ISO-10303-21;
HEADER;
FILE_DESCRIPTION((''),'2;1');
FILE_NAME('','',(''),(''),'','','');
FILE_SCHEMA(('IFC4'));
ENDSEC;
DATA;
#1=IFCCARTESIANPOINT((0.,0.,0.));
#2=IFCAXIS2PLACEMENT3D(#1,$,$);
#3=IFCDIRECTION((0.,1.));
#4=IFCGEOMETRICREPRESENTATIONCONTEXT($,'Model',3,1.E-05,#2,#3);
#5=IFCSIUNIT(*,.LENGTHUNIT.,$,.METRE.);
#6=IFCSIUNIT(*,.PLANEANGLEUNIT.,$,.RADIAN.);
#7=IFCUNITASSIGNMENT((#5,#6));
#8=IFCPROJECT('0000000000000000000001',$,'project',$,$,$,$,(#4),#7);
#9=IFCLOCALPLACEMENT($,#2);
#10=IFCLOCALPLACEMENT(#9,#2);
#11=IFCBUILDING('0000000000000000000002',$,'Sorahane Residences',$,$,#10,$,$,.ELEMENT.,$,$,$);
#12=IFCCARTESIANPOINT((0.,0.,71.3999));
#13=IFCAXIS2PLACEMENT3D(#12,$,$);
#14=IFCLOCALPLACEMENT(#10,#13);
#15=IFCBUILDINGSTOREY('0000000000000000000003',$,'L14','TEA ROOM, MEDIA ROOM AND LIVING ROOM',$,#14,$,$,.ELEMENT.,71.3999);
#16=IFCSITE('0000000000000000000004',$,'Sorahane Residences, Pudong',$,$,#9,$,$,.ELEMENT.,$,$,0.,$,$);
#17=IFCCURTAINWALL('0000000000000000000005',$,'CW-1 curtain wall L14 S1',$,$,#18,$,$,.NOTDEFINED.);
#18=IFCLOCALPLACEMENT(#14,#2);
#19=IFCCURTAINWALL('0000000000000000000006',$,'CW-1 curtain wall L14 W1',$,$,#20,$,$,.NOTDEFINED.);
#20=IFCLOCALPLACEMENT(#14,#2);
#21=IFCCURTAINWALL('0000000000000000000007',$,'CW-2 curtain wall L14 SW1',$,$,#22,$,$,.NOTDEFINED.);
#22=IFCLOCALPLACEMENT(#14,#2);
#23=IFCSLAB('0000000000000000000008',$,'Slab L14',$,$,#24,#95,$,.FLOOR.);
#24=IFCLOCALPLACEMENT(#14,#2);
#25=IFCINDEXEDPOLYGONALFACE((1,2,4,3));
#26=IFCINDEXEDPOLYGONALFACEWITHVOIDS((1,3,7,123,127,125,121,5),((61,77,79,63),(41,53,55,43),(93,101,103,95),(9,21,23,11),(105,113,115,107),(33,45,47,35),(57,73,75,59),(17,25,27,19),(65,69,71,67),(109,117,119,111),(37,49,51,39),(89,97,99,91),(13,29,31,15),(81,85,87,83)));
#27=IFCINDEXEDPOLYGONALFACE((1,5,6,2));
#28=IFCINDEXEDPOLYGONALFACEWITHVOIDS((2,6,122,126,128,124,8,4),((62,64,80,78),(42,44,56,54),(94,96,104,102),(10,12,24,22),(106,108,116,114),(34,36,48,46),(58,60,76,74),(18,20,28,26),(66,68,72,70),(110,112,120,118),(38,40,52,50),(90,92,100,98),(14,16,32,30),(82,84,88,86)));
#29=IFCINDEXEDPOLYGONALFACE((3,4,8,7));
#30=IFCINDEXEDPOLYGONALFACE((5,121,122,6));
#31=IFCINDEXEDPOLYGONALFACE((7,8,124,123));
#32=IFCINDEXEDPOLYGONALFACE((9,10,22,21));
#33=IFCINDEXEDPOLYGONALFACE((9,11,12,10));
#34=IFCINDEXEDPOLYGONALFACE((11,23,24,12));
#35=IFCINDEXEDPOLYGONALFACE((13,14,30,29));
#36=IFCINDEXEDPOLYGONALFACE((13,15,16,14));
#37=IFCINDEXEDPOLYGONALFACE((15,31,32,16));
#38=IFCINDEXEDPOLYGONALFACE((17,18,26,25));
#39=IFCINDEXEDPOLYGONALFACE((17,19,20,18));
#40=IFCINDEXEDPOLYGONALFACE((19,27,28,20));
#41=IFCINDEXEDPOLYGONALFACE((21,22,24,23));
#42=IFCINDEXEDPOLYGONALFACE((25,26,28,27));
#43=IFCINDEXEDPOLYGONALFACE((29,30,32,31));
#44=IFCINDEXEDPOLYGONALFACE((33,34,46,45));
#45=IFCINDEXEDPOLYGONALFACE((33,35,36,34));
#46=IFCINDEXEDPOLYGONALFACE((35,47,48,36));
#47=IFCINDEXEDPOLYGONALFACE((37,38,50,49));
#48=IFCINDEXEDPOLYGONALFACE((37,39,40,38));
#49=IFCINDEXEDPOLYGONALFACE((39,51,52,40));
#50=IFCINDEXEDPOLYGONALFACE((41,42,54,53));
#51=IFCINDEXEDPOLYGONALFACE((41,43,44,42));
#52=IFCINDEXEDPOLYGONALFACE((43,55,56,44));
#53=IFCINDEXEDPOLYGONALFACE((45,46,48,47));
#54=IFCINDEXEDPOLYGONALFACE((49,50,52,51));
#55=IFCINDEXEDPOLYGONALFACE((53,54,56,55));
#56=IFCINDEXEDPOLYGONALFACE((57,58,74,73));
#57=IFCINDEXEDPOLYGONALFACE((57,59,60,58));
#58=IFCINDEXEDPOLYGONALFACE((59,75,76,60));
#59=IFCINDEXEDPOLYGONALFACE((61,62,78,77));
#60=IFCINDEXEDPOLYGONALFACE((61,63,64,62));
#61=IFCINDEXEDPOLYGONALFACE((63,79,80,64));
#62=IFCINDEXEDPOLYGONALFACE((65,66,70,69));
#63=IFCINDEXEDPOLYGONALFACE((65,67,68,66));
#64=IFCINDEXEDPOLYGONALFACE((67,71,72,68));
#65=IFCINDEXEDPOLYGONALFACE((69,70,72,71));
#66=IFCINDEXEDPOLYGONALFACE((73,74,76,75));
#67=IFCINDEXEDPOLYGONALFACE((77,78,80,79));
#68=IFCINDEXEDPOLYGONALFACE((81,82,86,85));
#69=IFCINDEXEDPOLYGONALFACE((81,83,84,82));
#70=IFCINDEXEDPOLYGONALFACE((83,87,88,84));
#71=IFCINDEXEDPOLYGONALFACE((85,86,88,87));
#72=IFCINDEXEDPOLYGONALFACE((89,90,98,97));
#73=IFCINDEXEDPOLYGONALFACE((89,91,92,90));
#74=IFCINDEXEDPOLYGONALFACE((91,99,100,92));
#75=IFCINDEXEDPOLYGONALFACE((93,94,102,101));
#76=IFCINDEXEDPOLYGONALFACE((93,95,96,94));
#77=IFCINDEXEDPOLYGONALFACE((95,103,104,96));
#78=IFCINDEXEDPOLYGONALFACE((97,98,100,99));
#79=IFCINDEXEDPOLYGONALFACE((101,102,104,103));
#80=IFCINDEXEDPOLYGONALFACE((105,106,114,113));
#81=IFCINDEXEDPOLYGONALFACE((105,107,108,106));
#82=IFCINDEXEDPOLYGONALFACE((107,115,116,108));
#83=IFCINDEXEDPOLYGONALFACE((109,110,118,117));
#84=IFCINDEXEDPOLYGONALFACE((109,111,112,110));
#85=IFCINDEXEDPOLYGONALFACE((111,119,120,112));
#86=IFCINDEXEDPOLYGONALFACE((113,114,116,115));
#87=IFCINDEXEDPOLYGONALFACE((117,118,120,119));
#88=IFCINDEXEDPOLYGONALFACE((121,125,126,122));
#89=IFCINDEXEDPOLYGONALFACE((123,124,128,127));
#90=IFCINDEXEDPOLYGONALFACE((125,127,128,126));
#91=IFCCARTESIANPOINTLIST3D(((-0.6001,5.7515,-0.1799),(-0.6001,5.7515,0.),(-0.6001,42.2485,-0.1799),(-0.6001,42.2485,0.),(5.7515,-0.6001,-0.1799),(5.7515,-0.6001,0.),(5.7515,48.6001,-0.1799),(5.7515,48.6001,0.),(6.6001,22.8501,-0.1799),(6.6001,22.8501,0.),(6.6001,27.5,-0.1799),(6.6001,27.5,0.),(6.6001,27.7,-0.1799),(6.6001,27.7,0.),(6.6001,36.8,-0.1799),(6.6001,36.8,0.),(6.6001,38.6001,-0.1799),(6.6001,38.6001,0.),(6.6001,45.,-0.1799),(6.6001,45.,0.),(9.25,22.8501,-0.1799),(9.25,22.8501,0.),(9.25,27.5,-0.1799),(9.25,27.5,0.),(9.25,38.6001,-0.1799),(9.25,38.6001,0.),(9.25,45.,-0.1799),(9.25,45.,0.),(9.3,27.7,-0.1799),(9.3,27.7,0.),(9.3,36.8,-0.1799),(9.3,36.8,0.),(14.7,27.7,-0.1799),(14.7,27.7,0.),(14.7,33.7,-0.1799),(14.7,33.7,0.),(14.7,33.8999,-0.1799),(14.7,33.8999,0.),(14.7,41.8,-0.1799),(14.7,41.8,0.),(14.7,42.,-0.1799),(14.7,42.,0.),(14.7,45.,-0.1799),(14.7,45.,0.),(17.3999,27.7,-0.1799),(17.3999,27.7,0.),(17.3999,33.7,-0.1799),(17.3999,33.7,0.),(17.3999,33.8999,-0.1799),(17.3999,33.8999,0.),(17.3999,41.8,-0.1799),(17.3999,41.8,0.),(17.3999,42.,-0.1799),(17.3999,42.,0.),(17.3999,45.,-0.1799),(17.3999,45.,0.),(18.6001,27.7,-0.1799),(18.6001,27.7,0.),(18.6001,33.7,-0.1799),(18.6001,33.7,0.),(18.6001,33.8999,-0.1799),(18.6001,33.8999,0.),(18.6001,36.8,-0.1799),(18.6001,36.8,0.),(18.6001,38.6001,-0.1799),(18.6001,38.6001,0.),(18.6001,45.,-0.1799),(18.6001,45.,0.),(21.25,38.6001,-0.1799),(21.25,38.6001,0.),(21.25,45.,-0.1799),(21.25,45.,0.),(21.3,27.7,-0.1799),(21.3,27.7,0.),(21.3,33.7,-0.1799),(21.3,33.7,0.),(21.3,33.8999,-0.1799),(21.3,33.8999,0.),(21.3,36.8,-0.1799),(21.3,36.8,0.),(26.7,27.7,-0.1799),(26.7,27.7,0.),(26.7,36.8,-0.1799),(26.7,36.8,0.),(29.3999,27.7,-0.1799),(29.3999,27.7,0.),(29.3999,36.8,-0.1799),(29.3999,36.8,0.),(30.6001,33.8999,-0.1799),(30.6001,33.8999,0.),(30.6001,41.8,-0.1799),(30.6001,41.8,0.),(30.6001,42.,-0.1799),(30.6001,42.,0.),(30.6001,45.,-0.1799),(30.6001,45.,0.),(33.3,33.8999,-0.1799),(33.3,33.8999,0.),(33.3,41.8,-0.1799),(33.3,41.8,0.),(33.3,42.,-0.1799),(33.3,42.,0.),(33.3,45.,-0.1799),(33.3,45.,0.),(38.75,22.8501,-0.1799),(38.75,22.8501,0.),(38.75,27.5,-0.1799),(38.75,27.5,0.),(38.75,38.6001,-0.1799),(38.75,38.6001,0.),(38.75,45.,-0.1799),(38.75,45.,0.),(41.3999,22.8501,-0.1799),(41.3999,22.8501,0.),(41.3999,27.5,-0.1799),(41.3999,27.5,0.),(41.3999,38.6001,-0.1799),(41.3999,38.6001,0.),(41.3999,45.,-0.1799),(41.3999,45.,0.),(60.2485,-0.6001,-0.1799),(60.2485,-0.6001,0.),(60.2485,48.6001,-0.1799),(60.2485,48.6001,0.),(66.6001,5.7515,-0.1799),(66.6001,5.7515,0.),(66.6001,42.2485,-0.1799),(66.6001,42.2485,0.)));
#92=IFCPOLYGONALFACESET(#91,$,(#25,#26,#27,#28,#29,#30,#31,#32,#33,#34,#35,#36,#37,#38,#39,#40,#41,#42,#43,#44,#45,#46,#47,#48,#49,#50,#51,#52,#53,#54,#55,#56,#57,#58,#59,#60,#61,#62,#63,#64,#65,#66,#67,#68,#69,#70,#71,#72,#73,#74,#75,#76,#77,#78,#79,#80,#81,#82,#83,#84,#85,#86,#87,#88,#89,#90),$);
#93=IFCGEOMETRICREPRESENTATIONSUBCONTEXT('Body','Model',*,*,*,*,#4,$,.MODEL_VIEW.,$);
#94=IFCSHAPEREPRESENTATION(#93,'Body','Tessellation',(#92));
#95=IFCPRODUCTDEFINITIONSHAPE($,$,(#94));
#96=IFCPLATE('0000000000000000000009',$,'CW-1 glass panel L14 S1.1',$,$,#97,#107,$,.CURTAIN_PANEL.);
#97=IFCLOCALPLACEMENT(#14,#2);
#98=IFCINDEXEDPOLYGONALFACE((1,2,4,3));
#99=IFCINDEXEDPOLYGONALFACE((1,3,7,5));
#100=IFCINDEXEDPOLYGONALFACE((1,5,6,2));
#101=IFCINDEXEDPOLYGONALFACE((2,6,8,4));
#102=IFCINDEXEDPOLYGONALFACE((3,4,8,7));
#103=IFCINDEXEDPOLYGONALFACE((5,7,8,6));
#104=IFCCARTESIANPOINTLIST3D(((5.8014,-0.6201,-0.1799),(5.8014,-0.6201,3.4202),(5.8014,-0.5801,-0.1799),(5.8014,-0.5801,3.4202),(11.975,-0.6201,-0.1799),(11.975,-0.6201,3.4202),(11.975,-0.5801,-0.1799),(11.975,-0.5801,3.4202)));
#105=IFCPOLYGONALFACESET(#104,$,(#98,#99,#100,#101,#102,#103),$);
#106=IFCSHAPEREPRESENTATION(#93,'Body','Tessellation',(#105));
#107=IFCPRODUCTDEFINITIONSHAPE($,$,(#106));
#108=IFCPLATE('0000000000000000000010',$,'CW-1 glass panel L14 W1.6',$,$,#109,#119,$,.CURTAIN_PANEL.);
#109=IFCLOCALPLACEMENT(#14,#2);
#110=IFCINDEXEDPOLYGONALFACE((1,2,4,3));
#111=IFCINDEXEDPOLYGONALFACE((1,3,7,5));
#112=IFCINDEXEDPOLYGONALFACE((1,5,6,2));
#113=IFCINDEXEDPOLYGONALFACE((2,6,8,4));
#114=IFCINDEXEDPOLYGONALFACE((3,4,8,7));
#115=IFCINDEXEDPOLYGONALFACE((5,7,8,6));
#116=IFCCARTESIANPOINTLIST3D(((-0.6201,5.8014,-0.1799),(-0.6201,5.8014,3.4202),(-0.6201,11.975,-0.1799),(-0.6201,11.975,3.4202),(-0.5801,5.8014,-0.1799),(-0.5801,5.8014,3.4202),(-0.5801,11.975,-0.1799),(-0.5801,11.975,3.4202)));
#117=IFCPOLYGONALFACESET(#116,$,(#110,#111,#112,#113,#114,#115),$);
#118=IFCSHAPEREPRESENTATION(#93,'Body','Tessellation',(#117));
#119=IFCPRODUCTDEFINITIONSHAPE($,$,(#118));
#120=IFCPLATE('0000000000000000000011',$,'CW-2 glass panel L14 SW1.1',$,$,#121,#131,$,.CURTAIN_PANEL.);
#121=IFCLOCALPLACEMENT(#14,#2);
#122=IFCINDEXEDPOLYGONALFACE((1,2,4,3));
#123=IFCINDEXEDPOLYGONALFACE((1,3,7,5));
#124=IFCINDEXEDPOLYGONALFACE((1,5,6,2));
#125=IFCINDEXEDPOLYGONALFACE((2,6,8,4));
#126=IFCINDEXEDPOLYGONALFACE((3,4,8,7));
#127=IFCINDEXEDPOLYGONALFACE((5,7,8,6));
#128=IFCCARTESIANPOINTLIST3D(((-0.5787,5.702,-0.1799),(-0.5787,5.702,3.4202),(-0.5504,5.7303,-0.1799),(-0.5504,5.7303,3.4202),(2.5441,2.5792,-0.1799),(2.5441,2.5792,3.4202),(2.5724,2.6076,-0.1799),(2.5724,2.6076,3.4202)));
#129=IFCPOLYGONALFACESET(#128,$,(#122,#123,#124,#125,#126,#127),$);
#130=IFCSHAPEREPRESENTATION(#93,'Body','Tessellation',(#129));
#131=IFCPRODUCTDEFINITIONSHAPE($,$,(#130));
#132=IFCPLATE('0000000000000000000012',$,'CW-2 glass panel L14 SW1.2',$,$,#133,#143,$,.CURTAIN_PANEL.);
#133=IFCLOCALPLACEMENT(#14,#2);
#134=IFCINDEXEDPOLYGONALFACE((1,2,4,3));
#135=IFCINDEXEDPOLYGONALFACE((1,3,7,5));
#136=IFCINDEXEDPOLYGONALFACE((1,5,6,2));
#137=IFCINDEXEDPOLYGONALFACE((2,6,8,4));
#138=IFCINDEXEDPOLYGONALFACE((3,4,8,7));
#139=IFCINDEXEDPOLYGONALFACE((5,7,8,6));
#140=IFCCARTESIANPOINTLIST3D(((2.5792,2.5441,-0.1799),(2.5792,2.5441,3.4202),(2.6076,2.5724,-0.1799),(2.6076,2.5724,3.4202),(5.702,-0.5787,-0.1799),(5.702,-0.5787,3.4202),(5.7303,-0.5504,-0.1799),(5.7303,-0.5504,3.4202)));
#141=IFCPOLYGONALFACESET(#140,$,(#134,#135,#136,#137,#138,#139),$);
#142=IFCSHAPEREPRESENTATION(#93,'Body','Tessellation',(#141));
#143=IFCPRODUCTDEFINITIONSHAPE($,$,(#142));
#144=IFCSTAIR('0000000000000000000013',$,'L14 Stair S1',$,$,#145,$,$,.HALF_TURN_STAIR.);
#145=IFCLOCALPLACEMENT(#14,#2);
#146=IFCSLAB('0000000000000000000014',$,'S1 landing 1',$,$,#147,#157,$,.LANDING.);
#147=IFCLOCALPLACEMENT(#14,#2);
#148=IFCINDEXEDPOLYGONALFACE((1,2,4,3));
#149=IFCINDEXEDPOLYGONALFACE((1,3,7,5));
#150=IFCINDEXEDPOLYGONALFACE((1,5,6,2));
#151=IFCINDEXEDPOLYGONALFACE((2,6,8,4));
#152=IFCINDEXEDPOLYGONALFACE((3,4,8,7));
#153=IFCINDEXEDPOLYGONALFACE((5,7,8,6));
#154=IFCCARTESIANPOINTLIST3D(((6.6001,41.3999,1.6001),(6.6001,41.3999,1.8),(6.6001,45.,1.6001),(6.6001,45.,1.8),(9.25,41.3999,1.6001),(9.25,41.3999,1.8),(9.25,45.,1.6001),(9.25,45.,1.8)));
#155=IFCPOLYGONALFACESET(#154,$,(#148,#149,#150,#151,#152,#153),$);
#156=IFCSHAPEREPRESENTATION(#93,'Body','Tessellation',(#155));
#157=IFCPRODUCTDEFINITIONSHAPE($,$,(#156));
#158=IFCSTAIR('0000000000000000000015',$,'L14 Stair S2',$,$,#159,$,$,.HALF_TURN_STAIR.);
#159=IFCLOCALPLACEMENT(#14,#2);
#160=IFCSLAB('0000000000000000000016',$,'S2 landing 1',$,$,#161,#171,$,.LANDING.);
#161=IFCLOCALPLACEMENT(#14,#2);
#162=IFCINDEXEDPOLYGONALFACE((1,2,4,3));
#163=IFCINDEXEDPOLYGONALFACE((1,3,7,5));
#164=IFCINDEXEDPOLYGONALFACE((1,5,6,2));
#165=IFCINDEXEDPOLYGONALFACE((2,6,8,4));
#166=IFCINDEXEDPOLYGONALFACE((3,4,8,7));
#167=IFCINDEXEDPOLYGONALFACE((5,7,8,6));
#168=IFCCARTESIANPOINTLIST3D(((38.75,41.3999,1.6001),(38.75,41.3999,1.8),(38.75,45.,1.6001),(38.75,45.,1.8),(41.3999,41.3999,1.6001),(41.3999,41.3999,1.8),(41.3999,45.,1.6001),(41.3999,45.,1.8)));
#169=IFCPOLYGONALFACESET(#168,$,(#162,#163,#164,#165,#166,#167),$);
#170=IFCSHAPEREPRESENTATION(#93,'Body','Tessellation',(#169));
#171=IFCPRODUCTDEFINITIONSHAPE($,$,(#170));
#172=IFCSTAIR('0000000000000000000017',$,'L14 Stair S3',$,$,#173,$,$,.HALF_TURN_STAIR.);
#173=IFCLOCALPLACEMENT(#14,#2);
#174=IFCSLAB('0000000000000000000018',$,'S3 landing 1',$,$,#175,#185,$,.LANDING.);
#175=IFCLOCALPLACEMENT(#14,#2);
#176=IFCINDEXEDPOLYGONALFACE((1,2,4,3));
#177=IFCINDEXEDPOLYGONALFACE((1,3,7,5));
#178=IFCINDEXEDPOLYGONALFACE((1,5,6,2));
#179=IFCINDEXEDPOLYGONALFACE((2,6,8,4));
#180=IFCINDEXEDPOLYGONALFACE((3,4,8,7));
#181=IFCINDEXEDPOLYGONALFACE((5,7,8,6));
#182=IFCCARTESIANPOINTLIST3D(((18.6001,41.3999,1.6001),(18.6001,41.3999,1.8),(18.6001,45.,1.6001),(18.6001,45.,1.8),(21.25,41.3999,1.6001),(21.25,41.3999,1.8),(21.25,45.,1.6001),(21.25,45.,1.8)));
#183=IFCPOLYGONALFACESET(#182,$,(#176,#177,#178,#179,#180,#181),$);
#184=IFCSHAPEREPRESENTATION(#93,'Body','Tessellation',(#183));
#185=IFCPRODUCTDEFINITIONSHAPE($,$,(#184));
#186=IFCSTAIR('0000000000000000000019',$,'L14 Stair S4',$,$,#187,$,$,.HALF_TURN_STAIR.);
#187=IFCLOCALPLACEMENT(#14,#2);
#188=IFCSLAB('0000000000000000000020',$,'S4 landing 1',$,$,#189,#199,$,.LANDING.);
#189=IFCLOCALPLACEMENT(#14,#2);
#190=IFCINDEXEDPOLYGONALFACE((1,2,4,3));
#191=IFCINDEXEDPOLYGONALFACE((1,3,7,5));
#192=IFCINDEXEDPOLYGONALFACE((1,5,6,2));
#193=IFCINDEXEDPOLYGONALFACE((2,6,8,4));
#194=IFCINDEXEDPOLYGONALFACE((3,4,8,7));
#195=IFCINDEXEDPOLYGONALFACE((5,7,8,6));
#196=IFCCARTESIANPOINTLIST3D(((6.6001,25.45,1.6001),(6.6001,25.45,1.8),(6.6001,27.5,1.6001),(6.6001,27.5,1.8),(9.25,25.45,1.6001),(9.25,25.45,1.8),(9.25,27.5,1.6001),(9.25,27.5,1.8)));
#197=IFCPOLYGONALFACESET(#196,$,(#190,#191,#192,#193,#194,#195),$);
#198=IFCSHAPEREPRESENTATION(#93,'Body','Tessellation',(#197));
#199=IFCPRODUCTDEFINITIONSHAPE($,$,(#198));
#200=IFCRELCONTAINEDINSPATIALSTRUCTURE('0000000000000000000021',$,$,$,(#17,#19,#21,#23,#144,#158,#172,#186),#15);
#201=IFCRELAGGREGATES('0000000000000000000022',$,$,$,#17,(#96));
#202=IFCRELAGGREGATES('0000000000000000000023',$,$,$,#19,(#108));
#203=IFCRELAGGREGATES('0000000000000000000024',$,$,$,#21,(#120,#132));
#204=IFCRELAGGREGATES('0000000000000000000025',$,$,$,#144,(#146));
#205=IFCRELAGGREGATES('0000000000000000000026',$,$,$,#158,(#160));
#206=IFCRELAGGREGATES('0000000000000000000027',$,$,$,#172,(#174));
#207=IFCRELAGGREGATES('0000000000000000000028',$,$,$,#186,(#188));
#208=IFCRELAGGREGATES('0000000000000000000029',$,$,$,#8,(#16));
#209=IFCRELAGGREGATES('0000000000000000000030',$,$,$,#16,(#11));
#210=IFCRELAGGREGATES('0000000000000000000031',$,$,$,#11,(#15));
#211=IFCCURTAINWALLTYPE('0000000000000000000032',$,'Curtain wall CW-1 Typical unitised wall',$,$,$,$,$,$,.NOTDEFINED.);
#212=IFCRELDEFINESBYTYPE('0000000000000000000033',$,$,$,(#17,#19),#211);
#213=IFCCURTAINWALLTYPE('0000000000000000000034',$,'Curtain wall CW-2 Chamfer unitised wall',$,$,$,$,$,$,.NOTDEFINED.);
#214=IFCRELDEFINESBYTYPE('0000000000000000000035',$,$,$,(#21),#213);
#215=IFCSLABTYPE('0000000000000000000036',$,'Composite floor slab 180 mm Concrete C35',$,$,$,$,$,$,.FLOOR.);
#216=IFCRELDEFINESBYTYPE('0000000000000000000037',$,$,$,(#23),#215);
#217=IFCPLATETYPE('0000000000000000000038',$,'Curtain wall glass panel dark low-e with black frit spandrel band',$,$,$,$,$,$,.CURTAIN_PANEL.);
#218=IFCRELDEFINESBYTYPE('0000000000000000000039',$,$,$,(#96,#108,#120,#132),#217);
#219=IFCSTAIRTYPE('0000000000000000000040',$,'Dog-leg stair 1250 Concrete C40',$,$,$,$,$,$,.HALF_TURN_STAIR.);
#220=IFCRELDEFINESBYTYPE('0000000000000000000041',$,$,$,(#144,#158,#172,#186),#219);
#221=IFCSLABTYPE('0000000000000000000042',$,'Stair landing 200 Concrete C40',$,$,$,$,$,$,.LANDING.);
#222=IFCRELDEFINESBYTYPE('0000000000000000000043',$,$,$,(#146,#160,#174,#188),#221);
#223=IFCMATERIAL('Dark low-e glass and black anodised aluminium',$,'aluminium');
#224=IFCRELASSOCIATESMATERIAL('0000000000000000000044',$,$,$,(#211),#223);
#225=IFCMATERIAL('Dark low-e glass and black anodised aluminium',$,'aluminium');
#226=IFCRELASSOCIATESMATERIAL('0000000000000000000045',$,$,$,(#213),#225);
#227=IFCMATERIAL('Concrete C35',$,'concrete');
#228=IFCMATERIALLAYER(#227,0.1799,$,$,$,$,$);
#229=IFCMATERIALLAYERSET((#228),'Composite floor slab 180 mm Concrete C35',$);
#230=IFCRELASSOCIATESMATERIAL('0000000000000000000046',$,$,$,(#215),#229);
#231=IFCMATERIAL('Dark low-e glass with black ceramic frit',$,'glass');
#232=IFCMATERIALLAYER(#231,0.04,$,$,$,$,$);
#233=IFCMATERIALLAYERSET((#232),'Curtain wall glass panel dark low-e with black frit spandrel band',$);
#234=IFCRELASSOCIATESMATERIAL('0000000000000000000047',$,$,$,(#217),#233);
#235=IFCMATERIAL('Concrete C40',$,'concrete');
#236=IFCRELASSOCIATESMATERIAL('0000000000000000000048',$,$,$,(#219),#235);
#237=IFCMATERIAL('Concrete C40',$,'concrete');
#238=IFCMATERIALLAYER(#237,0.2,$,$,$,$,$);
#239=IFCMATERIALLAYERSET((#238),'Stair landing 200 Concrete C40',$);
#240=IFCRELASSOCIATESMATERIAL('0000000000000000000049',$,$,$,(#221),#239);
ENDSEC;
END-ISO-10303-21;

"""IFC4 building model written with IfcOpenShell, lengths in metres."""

from ifc_helpers import new_model, si_unit, direction, frame, origin, origin_2d, place, context, subcontext, project, spatial, polyline, rectangle, outline, extrude, material, layer, layer_set, type_object, element, aggregate, save


model = new_model("IFC4")

# Units and contexts
model_context = context("Model", 3, precision=1e-05, world=origin(), true_north=direction((0.0, 1.0)))
body_context = subcontext(model_context, "Body", "Model", "MODEL_VIEW")
ifc_project = project(units=[si_unit("LENGTHUNIT", "METRE"), si_unit("PLANEANGLEUNIT", "RADIAN")], contexts=[model_context])

# Site, building, storey
site_placement = place(None, origin())
site = spatial("IfcSite", under=ifc_project, at=site_placement, Name="Sorahane Residences, Pudong", CompositionType="ELEMENT", RefElevation=0.0)
building_placement = place(site_placement, origin())
building = spatial("IfcBuilding", under=site, at=building_placement, Name="Sorahane Residences", CompositionType="ELEMENT")
storey_placement = place(building_placement, frame((0.0, 0.0, 71.3999)))
storey = spatial("IfcBuildingStorey", under=building, at=storey_placement, Name="L14", Description="TEA ROOM, MEDIA ROOM AND LIVING ROOM", CompositionType="ELEMENT", Elevation=71.3999)

# Curtain walls
ifc_material_1 = material(Name="Dark low-e glass and black anodised aluminium", Category="aluminium")
curtain_wall_type_1 = type_object("IfcCurtainWallType", Name="Curtain wall CW-1 Typical unitised wall", PredefinedType="NOTDEFINED", material=ifc_material_1)
curtain_wall_1_placement = place(storey_placement, origin())
curtain_wall_1 = element("IfcCurtainWall", 1, at=curtain_wall_1_placement, inside=storey, type_object=curtain_wall_type_1, Name="CW-1 curtain wall L14 S1", PredefinedType="NOTDEFINED")
curtain_wall_2_placement = place(storey_placement, origin())
curtain_wall_2 = element("IfcCurtainWall", 2, at=curtain_wall_2_placement, inside=storey, type_object=curtain_wall_type_1, Name="CW-1 curtain wall L14 W1", PredefinedType="NOTDEFINED")

# Curtain wall
ifc_material_2 = material(Name="Dark low-e glass and black anodised aluminium", Category="aluminium")
curtain_wall_type_2 = type_object("IfcCurtainWallType", Name="Curtain wall CW-2 Chamfer unitised wall", PredefinedType="NOTDEFINED", material=ifc_material_2)
curtain_wall_3_placement = place(storey_placement, origin())
curtain_wall_3 = element("IfcCurtainWall", 3, at=curtain_wall_3_placement, inside=storey, type_object=curtain_wall_type_2, Name="CW-2 curtain wall L14 SW1", PredefinedType="NOTDEFINED")

# Slab
ifc_material_3 = material(Name="Concrete C35", Category="concrete")
ifc_layer_1 = layer(ifc_material_3, 0.1799)
ifc_layer_set_1 = layer_set([ifc_layer_1], Name="Composite floor slab 180 mm Concrete C35")
slab_type_1 = type_object("IfcSlabType", Name="Composite floor slab 180 mm Concrete C35", PredefinedType="FLOOR", material=ifc_layer_set_1)
slab_1_placement = place(storey_placement, frame((0.0, 0.0, -0.1799)))
element("IfcSlab", 4, at=slab_1_placement, inside=storey, type_object=slab_type_1, Name="Slab L14", PredefinedType="FLOOR", context=body_context, shape_type="SweptSolid", body=[
    extrude(outline(polyline([(5.7515, -0.6001), (-0.6001, 5.7515), (-0.6001, 42.2485), (5.7515, 48.6001), (60.2485, 48.6001), (66.6001, 42.2485), (66.6001, 5.7515), (60.2485, -0.6001), (5.7515, -0.6001)]), holes=[polyline([(18.6001, 27.7), (21.3, 27.7), (21.3, 33.7), (18.6001, 33.7), (18.6001, 27.7)]), polyline([(30.6001, 42.0), (33.3, 42.0), (33.3, 45.0), (30.6001, 45.0), (30.6001, 42.0)]), polyline([(14.7, 27.7), (17.3999, 27.7), (17.3999, 33.7), (14.7, 33.7), (14.7, 27.7)]), polyline([(14.7, 42.0), (17.3999, 42.0), (17.3999, 45.0), (14.7, 45.0), (14.7, 42.0)]), polyline([(6.6001, 27.7), (9.3, 27.7), (9.3, 36.8), (6.6001, 36.8), (6.6001, 27.7)]), polyline([(9.25, 38.6001), (9.25, 45.0), (6.6001, 45.0), (6.6001, 38.6001), (9.25, 38.6001)]), polyline([(41.3999, 38.6001), (41.3999, 45.0), (38.75, 45.0), (38.75, 38.6001), (41.3999, 38.6001)]), polyline([(21.25, 38.6001), (21.25, 45.0), (18.6001, 45.0), (18.6001, 38.6001), (21.25, 38.6001)]), polyline([(9.25, 22.8501), (9.25, 27.5), (6.6001, 27.5), (6.6001, 22.8501), (9.25, 22.8501)]), polyline([(41.3999, 22.8501), (41.3999, 27.5), (38.75, 27.5), (38.75, 22.8501), (41.3999, 22.8501)]), polyline([(14.7, 33.8999), (17.3999, 33.8999), (17.3999, 41.8), (14.7, 41.8), (14.7, 33.8999)]), polyline([(30.6001, 33.8999), (33.3, 33.8999), (33.3, 41.8), (30.6001, 41.8), (30.6001, 33.8999)]), polyline([(18.6001, 33.8999), (21.3, 33.8999), (21.3, 36.8), (18.6001, 36.8), (18.6001, 33.8999)]), polyline([(26.7, 27.7), (29.3999, 27.7), (29.3999, 36.8), (26.7, 36.8), (26.7, 27.7)])]), origin(), (0.0, 0.0, 1.0), 0.1799),
])

# Plates
ifc_material_4 = material(Name="Dark low-e glass with black ceramic frit", Category="glass")
ifc_layer_2 = layer(ifc_material_4, 0.04)
ifc_layer_set_2 = layer_set([ifc_layer_2], Name="Curtain wall glass panel dark low-e with black frit spandrel band")
plate_type = type_object("IfcPlateType", Name="Curtain wall glass panel dark low-e with black frit spandrel band", PredefinedType="CURTAIN_PANEL", material=ifc_layer_set_2)
plate_1_placement = place(storey_placement, frame((8.8882, -0.6001, -0.1799), z_axis=(0.0, 0.0, 1.0), x_axis=(1.0, 0.0, 0.0)))
plate_1 = element("IfcPlate", 5, at=plate_1_placement, type_object=plate_type, Name="CW-1 glass panel L14 S1.1", PredefinedType="CURTAIN_PANEL", context=body_context, shape_type="SweptSolid", body=[
    extrude(rectangle(XDim=6.1736, YDim=0.04, at=origin_2d()), origin(), (0.0, 0.0, 1.0), 3.6001),
])
aggregate(curtain_wall_1, [plate_1])
plate_2_placement = place(storey_placement, frame((-0.6001, 8.8882, -0.1799), z_axis=(0.0, 0.0, 1.0), x_axis=(0.0, -1.0, 0.0)))
plate_2 = element("IfcPlate", 6, at=plate_2_placement, type_object=plate_type, Name="CW-1 glass panel L14 W1.6", PredefinedType="CURTAIN_PANEL", context=body_context, shape_type="SweptSolid", body=[
    extrude(rectangle(XDim=6.1736, YDim=0.04, at=origin_2d()), origin(), (0.0, 0.0, 1.0), 3.6001),
])
aggregate(curtain_wall_2, [plate_2])
plate_3_placement = place(storey_placement, frame((0.9968, 4.1548, -0.1799), z_axis=(0.0, 0.0, 1.0), x_axis=(0.707107, -0.707107, 0.0)))
plate_3 = element("IfcPlate", 7, at=plate_3_placement, type_object=plate_type, Name="CW-2 glass panel L14 SW1.1", PredefinedType="CURTAIN_PANEL", context=body_context, shape_type="SweptSolid", body=[
    extrude(rectangle(XDim=4.4163, YDim=0.04, at=origin_2d()), origin(), (0.0, 0.0, 1.0), 3.6001),
])
plate_4_placement = place(storey_placement, frame((4.1548, 0.9968, -0.1799), z_axis=(0.0, 0.0, 1.0), x_axis=(0.707107, -0.707107, 0.0)))
plate_4 = element("IfcPlate", 8, at=plate_4_placement, type_object=plate_type, Name="CW-2 glass panel L14 SW1.2", PredefinedType="CURTAIN_PANEL", context=body_context, shape_type="SweptSolid", body=[
    extrude(rectangle(XDim=4.4163, YDim=0.04, at=origin_2d()), origin(), (0.0, 0.0, 1.0), 3.6001),
])
aggregate(curtain_wall_3, [plate_3, plate_4])

# Stairs, slabs
ifc_material_5 = material(Name="Concrete C40", Category="concrete")
stair_type = type_object("IfcStairType", Name="Dog-leg stair 1250 Concrete C40", PredefinedType="HALF_TURN_STAIR", material=ifc_material_5)
stair_1_placement = place(storey_placement, origin())
stair_1 = element("IfcStair", 9, at=stair_1_placement, inside=storey, type_object=stair_type, Name="L14 Stair S1", PredefinedType="HALF_TURN_STAIR")
ifc_material_6 = material(Name="Concrete C40", Category="concrete")
ifc_layer_3 = layer(ifc_material_6, 0.2)
ifc_layer_set_3 = layer_set([ifc_layer_3], Name="Stair landing 200 Concrete C40")
slab_type_2 = type_object("IfcSlabType", Name="Stair landing 200 Concrete C40", PredefinedType="LANDING", material=ifc_layer_set_3)
slab_2_placement = place(storey_placement, frame((0.0, 0.0, 1.6001)))
slab_2 = element("IfcSlab", 10, at=slab_2_placement, type_object=slab_type_2, Name="S1 landing 1", PredefinedType="LANDING", context=body_context, shape_type="SweptSolid", body=[
    extrude(outline(polyline([(9.25, 41.3999), (9.25, 45.0), (6.6001, 45.0), (6.6001, 41.3999), (9.25, 41.3999)])), origin(), (0.0, 0.0, 1.0), 0.2),
])
aggregate(stair_1, [slab_2])
stair_2_placement = place(storey_placement, origin())
stair_2 = element("IfcStair", 11, at=stair_2_placement, inside=storey, type_object=stair_type, Name="L14 Stair S2", PredefinedType="HALF_TURN_STAIR")
slab_3_placement = place(storey_placement, frame((0.0, 0.0, 1.6001)))
slab_3 = element("IfcSlab", 12, at=slab_3_placement, type_object=slab_type_2, Name="S2 landing 1", PredefinedType="LANDING", context=body_context, shape_type="SweptSolid", body=[
    extrude(outline(polyline([(41.3999, 41.3999), (41.3999, 45.0), (38.75, 45.0), (38.75, 41.3999), (41.3999, 41.3999)])), origin(), (0.0, 0.0, 1.0), 0.2),
])
aggregate(stair_2, [slab_3])
stair_3_placement = place(storey_placement, origin())
stair_3 = element("IfcStair", 13, at=stair_3_placement, inside=storey, type_object=stair_type, Name="L14 Stair S3", PredefinedType="HALF_TURN_STAIR")
slab_4_placement = place(storey_placement, frame((0.0, 0.0, 1.6001)))
slab_4 = element("IfcSlab", 14, at=slab_4_placement, type_object=slab_type_2, Name="S3 landing 1", PredefinedType="LANDING", context=body_context, shape_type="SweptSolid", body=[
    extrude(outline(polyline([(21.25, 41.3999), (21.25, 45.0), (18.6001, 45.0), (18.6001, 41.3999), (21.25, 41.3999)])), origin(), (0.0, 0.0, 1.0), 0.2),
])
aggregate(stair_3, [slab_4])
stair_4_placement = place(storey_placement, origin())
stair_4 = element("IfcStair", 15, at=stair_4_placement, inside=storey, type_object=stair_type, Name="L14 Stair S4", PredefinedType="HALF_TURN_STAIR")
slab_5_placement = place(storey_placement, frame((0.0, 0.0, 1.6001)))
slab_5 = element("IfcSlab", 16, at=slab_5_placement, type_object=slab_type_2, Name="S4 landing 1", PredefinedType="LANDING", context=body_context, shape_type="SweptSolid", body=[
    extrude(outline(polyline([(9.25, 25.45), (9.25, 27.5), (6.6001, 27.5), (6.6001, 25.45), (9.25, 25.45)])), origin(), (0.0, 0.0, 1.0), 0.2),
])
aggregate(stair_4, [slab_5])

save(model, "model.ifc")
